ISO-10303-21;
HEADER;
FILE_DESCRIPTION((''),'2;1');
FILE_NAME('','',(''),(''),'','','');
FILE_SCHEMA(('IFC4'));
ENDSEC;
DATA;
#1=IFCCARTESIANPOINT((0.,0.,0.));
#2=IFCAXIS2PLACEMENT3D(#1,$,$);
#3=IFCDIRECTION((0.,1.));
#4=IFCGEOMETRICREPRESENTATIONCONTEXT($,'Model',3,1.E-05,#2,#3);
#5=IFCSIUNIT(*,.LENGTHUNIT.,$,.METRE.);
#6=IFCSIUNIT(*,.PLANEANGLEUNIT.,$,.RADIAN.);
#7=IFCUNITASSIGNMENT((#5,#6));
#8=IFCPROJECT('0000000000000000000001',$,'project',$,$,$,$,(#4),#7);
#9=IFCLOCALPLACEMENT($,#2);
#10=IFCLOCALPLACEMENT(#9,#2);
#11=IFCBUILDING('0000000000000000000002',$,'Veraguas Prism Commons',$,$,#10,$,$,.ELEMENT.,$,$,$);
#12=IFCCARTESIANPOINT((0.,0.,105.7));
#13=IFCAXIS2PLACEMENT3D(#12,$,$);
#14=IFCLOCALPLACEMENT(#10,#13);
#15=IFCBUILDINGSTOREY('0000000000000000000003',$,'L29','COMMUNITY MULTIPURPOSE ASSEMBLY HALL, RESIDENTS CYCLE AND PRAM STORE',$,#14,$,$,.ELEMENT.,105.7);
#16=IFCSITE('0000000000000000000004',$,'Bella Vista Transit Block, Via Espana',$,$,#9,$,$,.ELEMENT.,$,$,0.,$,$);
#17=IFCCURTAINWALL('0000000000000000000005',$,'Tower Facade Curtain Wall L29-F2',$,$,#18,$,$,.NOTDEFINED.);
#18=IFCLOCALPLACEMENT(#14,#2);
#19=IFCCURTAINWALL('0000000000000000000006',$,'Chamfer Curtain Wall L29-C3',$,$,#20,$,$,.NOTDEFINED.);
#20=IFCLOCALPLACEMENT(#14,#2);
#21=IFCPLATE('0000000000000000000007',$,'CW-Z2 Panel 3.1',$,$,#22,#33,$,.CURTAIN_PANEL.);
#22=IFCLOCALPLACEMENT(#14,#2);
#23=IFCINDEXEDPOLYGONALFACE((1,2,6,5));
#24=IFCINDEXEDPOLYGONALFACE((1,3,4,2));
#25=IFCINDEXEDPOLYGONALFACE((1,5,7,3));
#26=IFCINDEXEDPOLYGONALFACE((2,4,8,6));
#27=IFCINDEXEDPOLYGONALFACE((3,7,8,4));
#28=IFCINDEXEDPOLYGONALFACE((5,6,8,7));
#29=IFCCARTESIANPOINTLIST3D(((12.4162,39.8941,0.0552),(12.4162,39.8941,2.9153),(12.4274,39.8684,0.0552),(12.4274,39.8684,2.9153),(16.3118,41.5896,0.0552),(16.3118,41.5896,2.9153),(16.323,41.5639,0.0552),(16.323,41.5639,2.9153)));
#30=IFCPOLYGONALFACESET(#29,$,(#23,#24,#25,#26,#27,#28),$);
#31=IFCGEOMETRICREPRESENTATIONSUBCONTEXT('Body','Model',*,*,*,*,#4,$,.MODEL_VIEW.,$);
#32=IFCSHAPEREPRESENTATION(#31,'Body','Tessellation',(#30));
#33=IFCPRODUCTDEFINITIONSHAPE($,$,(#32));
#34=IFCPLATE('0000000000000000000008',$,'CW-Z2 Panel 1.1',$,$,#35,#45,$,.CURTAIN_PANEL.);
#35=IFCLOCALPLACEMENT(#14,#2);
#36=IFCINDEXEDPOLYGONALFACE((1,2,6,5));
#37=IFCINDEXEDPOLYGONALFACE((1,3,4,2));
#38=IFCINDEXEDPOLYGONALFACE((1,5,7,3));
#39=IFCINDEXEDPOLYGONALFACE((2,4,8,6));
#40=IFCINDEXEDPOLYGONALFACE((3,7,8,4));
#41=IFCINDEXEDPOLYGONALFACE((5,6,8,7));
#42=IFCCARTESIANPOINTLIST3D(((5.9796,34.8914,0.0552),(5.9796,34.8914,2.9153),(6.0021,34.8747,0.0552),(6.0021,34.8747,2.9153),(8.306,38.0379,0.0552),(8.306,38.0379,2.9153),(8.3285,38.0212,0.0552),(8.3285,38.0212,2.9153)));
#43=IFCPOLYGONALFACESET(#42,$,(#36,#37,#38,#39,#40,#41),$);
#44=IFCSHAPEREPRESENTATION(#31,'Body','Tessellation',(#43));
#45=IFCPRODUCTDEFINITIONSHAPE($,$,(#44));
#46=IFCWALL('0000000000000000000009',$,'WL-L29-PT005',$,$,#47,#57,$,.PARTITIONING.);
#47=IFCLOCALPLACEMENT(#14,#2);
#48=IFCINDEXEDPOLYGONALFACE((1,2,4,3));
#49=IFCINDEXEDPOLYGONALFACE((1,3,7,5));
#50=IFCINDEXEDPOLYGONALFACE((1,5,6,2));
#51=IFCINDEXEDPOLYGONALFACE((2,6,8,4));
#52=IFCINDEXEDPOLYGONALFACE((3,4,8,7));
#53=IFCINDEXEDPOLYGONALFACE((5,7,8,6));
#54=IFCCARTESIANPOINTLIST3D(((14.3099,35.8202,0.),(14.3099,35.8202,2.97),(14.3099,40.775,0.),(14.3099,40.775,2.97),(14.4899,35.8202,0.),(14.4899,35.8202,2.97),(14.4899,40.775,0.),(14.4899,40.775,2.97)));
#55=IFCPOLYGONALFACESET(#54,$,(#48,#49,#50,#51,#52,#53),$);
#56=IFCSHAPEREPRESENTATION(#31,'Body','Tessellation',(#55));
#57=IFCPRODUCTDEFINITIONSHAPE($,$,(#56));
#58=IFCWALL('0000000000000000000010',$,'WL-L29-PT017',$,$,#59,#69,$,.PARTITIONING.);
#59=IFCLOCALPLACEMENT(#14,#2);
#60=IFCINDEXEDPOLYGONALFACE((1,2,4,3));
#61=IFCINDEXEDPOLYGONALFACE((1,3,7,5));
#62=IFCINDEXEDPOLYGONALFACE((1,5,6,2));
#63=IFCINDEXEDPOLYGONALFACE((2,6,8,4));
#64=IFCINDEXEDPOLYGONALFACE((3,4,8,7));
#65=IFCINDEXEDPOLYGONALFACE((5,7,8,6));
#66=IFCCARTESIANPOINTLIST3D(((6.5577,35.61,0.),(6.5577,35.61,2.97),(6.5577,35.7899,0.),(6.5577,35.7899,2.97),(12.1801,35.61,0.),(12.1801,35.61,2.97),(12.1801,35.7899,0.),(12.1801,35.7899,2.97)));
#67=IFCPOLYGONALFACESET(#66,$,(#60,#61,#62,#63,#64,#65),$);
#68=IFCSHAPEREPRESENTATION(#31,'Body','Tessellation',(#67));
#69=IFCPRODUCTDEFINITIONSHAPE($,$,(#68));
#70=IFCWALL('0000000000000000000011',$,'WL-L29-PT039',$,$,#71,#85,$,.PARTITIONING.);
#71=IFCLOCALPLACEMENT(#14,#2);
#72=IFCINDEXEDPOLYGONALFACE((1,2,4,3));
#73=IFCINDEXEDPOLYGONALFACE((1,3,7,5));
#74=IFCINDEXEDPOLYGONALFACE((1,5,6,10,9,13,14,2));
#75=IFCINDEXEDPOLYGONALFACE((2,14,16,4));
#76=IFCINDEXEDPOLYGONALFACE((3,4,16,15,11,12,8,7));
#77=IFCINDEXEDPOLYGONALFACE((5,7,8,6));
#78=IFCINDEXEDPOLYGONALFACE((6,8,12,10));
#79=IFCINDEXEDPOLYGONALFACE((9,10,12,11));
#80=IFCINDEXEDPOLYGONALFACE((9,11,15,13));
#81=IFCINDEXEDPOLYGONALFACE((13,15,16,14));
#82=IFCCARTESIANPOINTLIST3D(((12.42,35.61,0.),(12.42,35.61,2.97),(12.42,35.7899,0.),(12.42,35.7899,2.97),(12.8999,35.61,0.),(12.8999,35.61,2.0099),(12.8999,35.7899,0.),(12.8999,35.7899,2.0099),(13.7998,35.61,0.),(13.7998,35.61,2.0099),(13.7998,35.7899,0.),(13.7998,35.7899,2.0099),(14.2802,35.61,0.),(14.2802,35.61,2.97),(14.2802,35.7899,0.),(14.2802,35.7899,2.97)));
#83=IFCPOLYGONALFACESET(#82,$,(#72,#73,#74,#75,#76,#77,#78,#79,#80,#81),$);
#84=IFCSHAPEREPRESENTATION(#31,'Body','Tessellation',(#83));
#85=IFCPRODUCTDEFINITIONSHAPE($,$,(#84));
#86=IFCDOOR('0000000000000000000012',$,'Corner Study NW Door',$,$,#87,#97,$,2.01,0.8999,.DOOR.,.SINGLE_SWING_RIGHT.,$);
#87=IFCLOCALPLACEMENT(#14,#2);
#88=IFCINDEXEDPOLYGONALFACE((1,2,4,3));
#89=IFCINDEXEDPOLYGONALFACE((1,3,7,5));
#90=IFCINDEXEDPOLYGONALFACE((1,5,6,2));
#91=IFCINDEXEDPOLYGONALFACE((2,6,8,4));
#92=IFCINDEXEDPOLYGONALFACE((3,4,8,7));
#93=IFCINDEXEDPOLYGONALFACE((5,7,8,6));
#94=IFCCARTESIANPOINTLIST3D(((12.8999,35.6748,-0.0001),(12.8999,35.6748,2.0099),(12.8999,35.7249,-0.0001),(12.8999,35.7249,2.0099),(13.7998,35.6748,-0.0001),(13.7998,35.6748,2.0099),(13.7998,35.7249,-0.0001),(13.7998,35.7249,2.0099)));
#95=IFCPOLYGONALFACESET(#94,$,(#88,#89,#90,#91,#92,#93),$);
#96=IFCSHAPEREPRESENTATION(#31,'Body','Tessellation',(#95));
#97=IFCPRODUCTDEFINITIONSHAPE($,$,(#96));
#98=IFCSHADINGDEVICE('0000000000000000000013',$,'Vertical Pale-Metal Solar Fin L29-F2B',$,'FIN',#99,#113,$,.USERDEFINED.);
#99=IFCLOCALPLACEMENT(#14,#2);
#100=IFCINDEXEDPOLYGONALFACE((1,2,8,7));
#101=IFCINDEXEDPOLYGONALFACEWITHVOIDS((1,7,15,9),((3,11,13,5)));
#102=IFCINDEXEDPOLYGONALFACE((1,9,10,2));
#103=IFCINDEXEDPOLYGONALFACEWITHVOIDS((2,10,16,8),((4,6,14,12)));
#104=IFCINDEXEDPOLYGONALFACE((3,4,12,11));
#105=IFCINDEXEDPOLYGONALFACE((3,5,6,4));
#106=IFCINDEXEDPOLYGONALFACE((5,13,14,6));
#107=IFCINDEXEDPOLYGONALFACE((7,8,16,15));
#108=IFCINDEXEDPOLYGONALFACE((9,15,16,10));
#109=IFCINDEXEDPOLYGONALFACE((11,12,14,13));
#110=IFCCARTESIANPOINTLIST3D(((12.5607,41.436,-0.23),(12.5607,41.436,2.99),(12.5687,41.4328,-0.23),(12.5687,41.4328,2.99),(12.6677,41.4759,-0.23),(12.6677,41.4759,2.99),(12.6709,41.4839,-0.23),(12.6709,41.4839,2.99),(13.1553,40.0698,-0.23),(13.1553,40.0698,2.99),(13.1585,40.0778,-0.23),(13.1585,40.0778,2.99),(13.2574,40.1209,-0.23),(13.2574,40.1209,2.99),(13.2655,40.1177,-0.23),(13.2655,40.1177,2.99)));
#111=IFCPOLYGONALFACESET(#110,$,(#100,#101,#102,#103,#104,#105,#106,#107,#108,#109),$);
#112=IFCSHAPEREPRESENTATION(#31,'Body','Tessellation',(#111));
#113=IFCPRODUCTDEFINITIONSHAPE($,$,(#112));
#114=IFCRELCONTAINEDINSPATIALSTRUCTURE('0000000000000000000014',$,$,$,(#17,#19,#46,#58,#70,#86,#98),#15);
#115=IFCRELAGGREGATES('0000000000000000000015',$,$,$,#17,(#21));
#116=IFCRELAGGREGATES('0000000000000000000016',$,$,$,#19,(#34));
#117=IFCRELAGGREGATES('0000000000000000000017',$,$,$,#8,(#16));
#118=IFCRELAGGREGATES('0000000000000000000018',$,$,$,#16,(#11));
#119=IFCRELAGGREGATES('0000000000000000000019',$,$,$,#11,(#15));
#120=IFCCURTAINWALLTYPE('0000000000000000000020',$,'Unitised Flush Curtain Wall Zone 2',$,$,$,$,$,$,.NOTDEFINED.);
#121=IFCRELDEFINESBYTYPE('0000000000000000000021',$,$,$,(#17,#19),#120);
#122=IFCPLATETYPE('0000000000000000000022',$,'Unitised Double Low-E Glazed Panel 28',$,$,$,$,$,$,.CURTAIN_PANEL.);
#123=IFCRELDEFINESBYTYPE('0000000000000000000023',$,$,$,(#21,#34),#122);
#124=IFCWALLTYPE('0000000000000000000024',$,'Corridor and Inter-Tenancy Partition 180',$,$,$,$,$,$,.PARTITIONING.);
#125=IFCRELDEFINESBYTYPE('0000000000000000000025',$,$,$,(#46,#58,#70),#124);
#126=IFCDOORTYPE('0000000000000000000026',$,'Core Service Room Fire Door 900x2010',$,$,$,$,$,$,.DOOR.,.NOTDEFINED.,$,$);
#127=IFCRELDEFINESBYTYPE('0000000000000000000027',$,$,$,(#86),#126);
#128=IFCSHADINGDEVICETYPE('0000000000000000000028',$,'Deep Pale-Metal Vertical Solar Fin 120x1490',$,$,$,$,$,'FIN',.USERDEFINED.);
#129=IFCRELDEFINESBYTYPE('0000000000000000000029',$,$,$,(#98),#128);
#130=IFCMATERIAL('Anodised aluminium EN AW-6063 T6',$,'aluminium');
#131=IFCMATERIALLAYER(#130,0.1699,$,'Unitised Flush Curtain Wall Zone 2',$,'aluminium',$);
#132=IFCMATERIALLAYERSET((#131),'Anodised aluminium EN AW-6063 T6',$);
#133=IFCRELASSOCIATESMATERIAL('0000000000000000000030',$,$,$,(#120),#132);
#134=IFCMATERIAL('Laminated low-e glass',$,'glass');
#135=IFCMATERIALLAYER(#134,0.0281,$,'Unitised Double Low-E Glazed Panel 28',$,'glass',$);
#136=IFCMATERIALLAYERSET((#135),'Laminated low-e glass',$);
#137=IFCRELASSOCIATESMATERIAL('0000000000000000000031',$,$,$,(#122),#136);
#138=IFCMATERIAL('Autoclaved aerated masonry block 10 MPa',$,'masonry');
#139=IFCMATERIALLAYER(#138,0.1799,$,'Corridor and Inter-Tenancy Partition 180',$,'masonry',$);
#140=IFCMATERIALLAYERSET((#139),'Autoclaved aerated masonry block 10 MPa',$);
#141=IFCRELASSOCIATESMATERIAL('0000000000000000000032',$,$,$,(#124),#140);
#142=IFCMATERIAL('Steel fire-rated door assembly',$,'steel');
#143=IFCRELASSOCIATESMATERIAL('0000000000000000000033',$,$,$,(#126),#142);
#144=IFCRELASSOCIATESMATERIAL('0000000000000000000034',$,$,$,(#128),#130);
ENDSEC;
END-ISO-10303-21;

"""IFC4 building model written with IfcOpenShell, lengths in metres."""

from ifc_helpers import new_model, si_unit, direction, frame, frame_2d, origin, origin_2d, place, context, subcontext, project, spatial, rectangle, hollow_rectangle, extrude, source, transform, mapped, material, layer, layer_set, material_profile, profile_set, type_object, element, fill, aggregate, save


model = new_model("IFC4")

# Units and contexts
model_context = context("Model", 3, precision=1e-05, world=origin(), true_north=direction((0.0, 1.0)))
body_context = subcontext(model_context, "Body", "Model", "MODEL_VIEW")
ifc_project = project(units=[si_unit("LENGTHUNIT", "METRE"), si_unit("PLANEANGLEUNIT", "RADIAN")], contexts=[model_context])

# Site, building, storey
site_placement = place(None, origin())
site = spatial("IfcSite", under=ifc_project, at=site_placement, Name="Bella Vista Transit Block, Via Espana", CompositionType="ELEMENT", RefElevation=0.0)
building_placement = place(site_placement, origin())
building = spatial("IfcBuilding", under=site, at=building_placement, Name="Veraguas Prism Commons", CompositionType="ELEMENT")
storey_placement = place(building_placement, frame((0.0, 0.0, 105.7)))
storey = spatial("IfcBuildingStorey", under=building, at=storey_placement, Name="L29", Description="COMMUNITY MULTIPURPOSE ASSEMBLY HALL, RESIDENTS CYCLE AND PRAM STORE", CompositionType="ELEMENT", Elevation=105.7)

# Curtain wall
ifc_material_1 = material(Name="Anodised aluminium EN AW-6063 T6", Category="aluminium")
ifc_layer_1 = layer(ifc_material_1, 0.1699, Name="Unitised Flush Curtain Wall Zone 2", Category="aluminium")
ifc_layer_set_1 = layer_set([ifc_layer_1], Name="Anodised aluminium EN AW-6063 T6")
curtain_wall_type = type_object("IfcCurtainWallType", Name="Unitised Flush Curtain Wall Zone 2", PredefinedType="NOTDEFINED", material=ifc_layer_set_1)
curtain_wall_1_placement = place(storey_placement, origin())
curtain_wall_1 = element("IfcCurtainWall", 1, at=curtain_wall_1_placement, inside=storey, type_object=curtain_wall_type, Name="Tower Facade Curtain Wall L29-F2", PredefinedType="NOTDEFINED")

# Curtain wall
curtain_wall_2_placement = place(storey_placement, origin())
curtain_wall_2 = element("IfcCurtainWall", 2, at=curtain_wall_2_placement, inside=storey, type_object=curtain_wall_type, Name="Chamfer Curtain Wall L29-C3", PredefinedType="NOTDEFINED")

# Plates
ifc_material_2 = material(Name="Laminated low-e glass", Category="glass")
ifc_layer_2 = layer(ifc_material_2, 0.0281, Name="Unitised Double Low-E Glazed Panel 28", Category="glass")
ifc_layer_set_2 = layer_set([ifc_layer_2], Name="Laminated low-e glass")
plate_type = type_object("IfcPlateType", Name="Unitised Double Low-E Glazed Panel 28", PredefinedType="CURTAIN_PANEL", material=ifc_layer_set_2)
shared_shape_1 = source(origin(), body_context, "Body", "SweptSolid", [
    extrude(rectangle(XDim=4.2485, YDim=0.0281, at=origin_2d()), origin(), (0.0, 0.0, 1.0), 2.8601),
])
plate_1_placement = place(storey_placement, frame((14.3696, 40.729, 0.0552), z_axis=(0.0, 0.0, 1.0), x_axis=(-0.916919, -0.399072, 0.0)))
plate_1 = element("IfcPlate", 3, at=plate_1_placement, type_object=plate_type, Name="CW-Z2 Panel 3.1", PredefinedType="CURTAIN_PANEL", context=body_context, shape_type="MappedRepresentation", body=[
    mapped(shared_shape_1, transform((0.0, 0.0, 0.0), scale=1.0)),
])
aggregate(curtain_wall_1, [plate_1])
shared_shape_2 = source(origin(), body_context, "Body", "SweptSolid", [
    extrude(rectangle(XDim=3.9131, YDim=0.0281, at=origin_2d()), origin(), (0.0, 0.0, 1.0), 2.8601),
])
plate_2_placement = place(storey_placement, frame((7.1541, 36.4563, 0.0552), z_axis=(0.0, 0.0, 1.0), x_axis=(-0.59452, -0.804081, 0.0)))
plate_2 = element("IfcPlate", 4, at=plate_2_placement, type_object=plate_type, Name="CW-Z2 Panel 1.1", PredefinedType="CURTAIN_PANEL", context=body_context, shape_type="MappedRepresentation", body=[
    mapped(shared_shape_2, transform((0.0, 0.0, 0.0), scale=1.0)),
])
aggregate(curtain_wall_2, [plate_2])

# Walls
ifc_material_3 = material(Name="Autoclaved aerated masonry block 10 MPa", Category="masonry")
ifc_layer_3 = layer(ifc_material_3, 0.1799, Name="Corridor and Inter-Tenancy Partition 180", Category="masonry")
ifc_layer_set_3 = layer_set([ifc_layer_3], Name="Autoclaved aerated masonry block 10 MPa")
wall_type = type_object("IfcWallType", Name="Corridor and Inter-Tenancy Partition 180", PredefinedType="PARTITIONING", material=ifc_layer_set_3)
wall_1_placement = place(storey_placement, frame((14.3999, 35.8201, 0.0), z_axis=(0.0, 0.0, 1.0), x_axis=(0.0, 1.0, 0.0)))
element("IfcWall", 5, at=wall_1_placement, inside=storey, type_object=wall_type, Name="WL-L29-PT005", PredefinedType="PARTITIONING", context=body_context, shape_type="SweptSolid", body=[
    extrude(rectangle(XDim=4.9548, YDim=0.1799, at=frame_2d((2.4775, 0.0))), origin(), (0.0, 0.0, 1.0), 2.97),
])
wall_2_placement = place(storey_placement, frame((12.1799, 35.7, 0.0), z_axis=(0.0, 0.0, 1.0), x_axis=(-1.0, 0.0, 0.0)))
element("IfcWall", 6, at=wall_2_placement, inside=storey, type_object=wall_type, Name="WL-L29-PT017", PredefinedType="PARTITIONING", context=body_context, shape_type="SweptSolid", body=[
    extrude(rectangle(XDim=5.6223, YDim=0.1799, at=frame_2d((2.811, 0.0))), origin(), (0.0, 0.0, 1.0), 2.97),
])

# Wall, opening, door
wall_3_placement = place(storey_placement, frame((12.4199, 35.7, 0.0), z_axis=(0.0, 0.0, 1.0), x_axis=(1.0, 0.0, 0.0)))
wall_3 = element("IfcWall", 7, at=wall_3_placement, inside=storey, type_object=wall_type, Name="WL-L29-PT039", PredefinedType="PARTITIONING", context=body_context, shape_type="SweptSolid", body=[
    extrude(rectangle(XDim=1.8601, YDim=0.1799, at=frame_2d((0.9302, 0.0))), origin(), (0.0, 0.0, 1.0), 2.97),
])
opening_placement = place(wall_3_placement, frame((0.48, 0.0, 0.0)))
opening = element("IfcOpeningElement", 8, at=opening_placement, cuts=wall_3, PredefinedType="OPENING", context=body_context, shape_type="SweptSolid", body=[
    extrude(rectangle(XDim=0.8999, YDim=2.01, at=frame_2d((0.45, 1.0049))), frame((0.0, 0.0999, 0.0), z_axis=(0.0, -1.0, 0.0), x_axis=(1.0, 0.0, 0.0)), (0.0, 0.0, 1.0), 0.2),
])
ifc_material_4 = material(Name="Steel fire-rated door assembly", Category="steel")
door_type = type_object("IfcDoorType", Name="Core Service Room Fire Door 900x2010", OperationType="NOTDEFINED", PredefinedType="DOOR", material=ifc_material_4)
shared_shape_3 = source(origin(), body_context, "Body", "SweptSolid", [
    extrude(rectangle(XDim=0.8999, YDim=2.01, at=frame_2d((0.45, 1.0049))), frame((0.0, 0.0249, 0.0), z_axis=(0.0, -1.0, 0.0), x_axis=(1.0, 0.0, 0.0)), (0.0, 0.0, 1.0), 0.05),
])
door_placement = place(opening_placement, origin())
door = element("IfcDoor", 9, at=door_placement, inside=storey, type_object=door_type, Name="Corner Study NW Door", OperationType="SINGLE_SWING_RIGHT", OverallHeight=2.01, OverallWidth=0.8999, PredefinedType="DOOR", context=body_context, shape_type="MappedRepresentation", body=[
    mapped(shared_shape_3, transform((0.0, 0.0, 0.0), scale=1.0)),
])
fill(opening, door)

# Shading device
ifc_material_profile_1 = material_profile(ifc_material_1, hollow_rectangle(XDim=0.1201, YDim=1.49, WallThickness=0.0061, at=origin_2d()), Name="FIN120X1490X6")
ifc_profile_set_1 = profile_set([ifc_material_profile_1], Name="Anodised aluminium EN AW-6063 T6")
shading_device_type = type_object("IfcShadingDeviceType", Name="Deep Pale-Metal Vertical Solar Fin 120x1490", ElementType="FIN", PredefinedType="USERDEFINED", material=ifc_profile_set_1)
shading_device_placement = place(storey_placement, frame((12.9131, 40.7769, -0.23), z_axis=(0.0, 0.0, 1.0), x_axis=(-0.916921, -0.399069, 0.0)))
element("IfcShadingDevice", 10, at=shading_device_placement, inside=storey, type_object=shading_device_type, Name="Vertical Pale-Metal Solar Fin L29-F2B", ObjectType="FIN", PredefinedType="USERDEFINED", context=body_context, shape_type="SweptSolid", body=[
    extrude(hollow_rectangle(XDim=0.1201, YDim=1.49, WallThickness=0.0061, at=origin_2d()), origin(), (0.0, 0.0, 1.0), 3.22),
])

save(model, "model.ifc")
